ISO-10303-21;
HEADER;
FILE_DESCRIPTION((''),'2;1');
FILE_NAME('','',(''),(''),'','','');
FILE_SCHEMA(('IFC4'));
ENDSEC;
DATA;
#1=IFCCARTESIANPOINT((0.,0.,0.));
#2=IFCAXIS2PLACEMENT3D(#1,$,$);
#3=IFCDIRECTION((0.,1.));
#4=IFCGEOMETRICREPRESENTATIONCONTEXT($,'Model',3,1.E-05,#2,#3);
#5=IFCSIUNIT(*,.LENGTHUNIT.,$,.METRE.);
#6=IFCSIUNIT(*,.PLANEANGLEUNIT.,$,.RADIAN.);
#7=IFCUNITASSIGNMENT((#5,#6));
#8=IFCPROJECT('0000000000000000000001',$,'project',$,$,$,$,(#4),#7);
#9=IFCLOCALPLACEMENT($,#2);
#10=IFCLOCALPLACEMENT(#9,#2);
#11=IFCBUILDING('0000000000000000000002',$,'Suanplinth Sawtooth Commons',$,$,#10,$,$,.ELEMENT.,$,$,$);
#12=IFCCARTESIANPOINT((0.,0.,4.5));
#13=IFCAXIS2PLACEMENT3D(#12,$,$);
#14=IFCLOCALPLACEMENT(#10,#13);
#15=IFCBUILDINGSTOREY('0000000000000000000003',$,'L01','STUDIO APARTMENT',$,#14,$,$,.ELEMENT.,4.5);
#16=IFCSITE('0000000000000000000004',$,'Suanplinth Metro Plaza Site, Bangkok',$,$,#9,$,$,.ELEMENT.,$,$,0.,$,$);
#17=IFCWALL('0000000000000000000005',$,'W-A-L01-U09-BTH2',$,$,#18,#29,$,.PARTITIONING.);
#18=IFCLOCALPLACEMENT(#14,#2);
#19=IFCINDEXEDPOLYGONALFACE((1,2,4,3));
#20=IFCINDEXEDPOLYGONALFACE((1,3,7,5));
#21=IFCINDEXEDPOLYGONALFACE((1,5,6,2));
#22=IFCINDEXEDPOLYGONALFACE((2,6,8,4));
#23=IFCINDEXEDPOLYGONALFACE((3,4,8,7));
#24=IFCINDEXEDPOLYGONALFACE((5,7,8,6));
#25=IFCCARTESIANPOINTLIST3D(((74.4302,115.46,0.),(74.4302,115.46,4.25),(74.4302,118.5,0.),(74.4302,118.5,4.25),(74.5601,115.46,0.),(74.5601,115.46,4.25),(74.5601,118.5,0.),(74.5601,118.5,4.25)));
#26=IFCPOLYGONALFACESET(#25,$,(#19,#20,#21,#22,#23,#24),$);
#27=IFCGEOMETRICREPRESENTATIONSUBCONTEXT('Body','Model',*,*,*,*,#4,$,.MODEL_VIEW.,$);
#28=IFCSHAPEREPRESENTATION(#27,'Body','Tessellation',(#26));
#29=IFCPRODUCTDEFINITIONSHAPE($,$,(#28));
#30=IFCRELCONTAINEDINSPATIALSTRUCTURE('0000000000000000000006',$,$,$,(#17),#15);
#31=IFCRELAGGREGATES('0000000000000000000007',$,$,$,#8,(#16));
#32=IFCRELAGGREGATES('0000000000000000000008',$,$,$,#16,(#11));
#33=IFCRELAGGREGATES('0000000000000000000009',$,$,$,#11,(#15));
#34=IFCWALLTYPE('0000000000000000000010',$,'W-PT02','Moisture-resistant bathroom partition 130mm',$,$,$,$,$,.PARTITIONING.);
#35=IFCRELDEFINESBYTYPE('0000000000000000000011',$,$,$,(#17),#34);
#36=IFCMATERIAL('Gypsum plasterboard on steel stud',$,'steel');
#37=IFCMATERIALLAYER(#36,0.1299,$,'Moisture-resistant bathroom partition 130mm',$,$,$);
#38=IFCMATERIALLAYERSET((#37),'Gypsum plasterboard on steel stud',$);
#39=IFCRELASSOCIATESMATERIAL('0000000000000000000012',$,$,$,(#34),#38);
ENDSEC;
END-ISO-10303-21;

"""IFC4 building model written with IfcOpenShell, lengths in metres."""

from ifc_helpers import new_model, si_unit, direction, frame, frame_2d, origin, place, context, subcontext, project, spatial, rectangle, extrude, material, layer, layer_set, type_object, element, save


model = new_model("IFC4")

# Units and contexts
model_context = context("Model", 3, precision=1e-05, world=origin(), true_north=direction((0.0, 1.0)))
body_context = subcontext(model_context, "Body", "Model", "MODEL_VIEW")
ifc_project = project(units=[si_unit("LENGTHUNIT", "METRE"), si_unit("PLANEANGLEUNIT", "RADIAN")], contexts=[model_context])

# Site, building, storey
site_placement = place(None, origin())
site = spatial("IfcSite", under=ifc_project, at=site_placement, Name="Suanplinth Metro Plaza Site, Bangkok", CompositionType="ELEMENT", RefElevation=0.0)
building_placement = place(site_placement, origin())
building = spatial("IfcBuilding", under=site, at=building_placement, Name="Suanplinth Sawtooth Commons", CompositionType="ELEMENT")
storey_placement = place(building_placement, frame((0.0, 0.0, 4.5)))
storey = spatial("IfcBuildingStorey", under=building, at=storey_placement, Name="L01", Description="STUDIO APARTMENT", CompositionType="ELEMENT", Elevation=4.5)

# Shared definitions
ifc_material_1 = material(Name="Gypsum plasterboard on steel stud", Category="steel")

# Shared definitions
ifc_layer_1 = layer(ifc_material_1, 0.1299, Name="Moisture-resistant bathroom partition 130mm")
ifc_layer_set_1 = layer_set([ifc_layer_1], Name="Gypsum plasterboard on steel stud")
wall_type_1 = type_object("IfcWallType", Name="W-PT02", Description="Moisture-resistant bathroom partition 130mm", PredefinedType="PARTITIONING", material=ifc_layer_set_1)

# Wall
wall_1_placement = place(storey_placement, frame((74.4951, 115.46, 0.0), z_axis=(0.0, 0.0, 1.0), x_axis=(0.0, 1.0, 0.0)))
element("IfcWall", 1, at=wall_1_placement, inside=storey, type_object=wall_type_1, Name="W-A-L01-U09-BTH2", PredefinedType="PARTITIONING", context=body_context, shape_type="SweptSolid", body=[
    extrude(rectangle(XDim=3.04, YDim=0.1299, at=frame_2d((1.52, 0.0))), origin(), (0.0, 0.0, 1.0), 4.25),
])

save(model, "model.ifc")
